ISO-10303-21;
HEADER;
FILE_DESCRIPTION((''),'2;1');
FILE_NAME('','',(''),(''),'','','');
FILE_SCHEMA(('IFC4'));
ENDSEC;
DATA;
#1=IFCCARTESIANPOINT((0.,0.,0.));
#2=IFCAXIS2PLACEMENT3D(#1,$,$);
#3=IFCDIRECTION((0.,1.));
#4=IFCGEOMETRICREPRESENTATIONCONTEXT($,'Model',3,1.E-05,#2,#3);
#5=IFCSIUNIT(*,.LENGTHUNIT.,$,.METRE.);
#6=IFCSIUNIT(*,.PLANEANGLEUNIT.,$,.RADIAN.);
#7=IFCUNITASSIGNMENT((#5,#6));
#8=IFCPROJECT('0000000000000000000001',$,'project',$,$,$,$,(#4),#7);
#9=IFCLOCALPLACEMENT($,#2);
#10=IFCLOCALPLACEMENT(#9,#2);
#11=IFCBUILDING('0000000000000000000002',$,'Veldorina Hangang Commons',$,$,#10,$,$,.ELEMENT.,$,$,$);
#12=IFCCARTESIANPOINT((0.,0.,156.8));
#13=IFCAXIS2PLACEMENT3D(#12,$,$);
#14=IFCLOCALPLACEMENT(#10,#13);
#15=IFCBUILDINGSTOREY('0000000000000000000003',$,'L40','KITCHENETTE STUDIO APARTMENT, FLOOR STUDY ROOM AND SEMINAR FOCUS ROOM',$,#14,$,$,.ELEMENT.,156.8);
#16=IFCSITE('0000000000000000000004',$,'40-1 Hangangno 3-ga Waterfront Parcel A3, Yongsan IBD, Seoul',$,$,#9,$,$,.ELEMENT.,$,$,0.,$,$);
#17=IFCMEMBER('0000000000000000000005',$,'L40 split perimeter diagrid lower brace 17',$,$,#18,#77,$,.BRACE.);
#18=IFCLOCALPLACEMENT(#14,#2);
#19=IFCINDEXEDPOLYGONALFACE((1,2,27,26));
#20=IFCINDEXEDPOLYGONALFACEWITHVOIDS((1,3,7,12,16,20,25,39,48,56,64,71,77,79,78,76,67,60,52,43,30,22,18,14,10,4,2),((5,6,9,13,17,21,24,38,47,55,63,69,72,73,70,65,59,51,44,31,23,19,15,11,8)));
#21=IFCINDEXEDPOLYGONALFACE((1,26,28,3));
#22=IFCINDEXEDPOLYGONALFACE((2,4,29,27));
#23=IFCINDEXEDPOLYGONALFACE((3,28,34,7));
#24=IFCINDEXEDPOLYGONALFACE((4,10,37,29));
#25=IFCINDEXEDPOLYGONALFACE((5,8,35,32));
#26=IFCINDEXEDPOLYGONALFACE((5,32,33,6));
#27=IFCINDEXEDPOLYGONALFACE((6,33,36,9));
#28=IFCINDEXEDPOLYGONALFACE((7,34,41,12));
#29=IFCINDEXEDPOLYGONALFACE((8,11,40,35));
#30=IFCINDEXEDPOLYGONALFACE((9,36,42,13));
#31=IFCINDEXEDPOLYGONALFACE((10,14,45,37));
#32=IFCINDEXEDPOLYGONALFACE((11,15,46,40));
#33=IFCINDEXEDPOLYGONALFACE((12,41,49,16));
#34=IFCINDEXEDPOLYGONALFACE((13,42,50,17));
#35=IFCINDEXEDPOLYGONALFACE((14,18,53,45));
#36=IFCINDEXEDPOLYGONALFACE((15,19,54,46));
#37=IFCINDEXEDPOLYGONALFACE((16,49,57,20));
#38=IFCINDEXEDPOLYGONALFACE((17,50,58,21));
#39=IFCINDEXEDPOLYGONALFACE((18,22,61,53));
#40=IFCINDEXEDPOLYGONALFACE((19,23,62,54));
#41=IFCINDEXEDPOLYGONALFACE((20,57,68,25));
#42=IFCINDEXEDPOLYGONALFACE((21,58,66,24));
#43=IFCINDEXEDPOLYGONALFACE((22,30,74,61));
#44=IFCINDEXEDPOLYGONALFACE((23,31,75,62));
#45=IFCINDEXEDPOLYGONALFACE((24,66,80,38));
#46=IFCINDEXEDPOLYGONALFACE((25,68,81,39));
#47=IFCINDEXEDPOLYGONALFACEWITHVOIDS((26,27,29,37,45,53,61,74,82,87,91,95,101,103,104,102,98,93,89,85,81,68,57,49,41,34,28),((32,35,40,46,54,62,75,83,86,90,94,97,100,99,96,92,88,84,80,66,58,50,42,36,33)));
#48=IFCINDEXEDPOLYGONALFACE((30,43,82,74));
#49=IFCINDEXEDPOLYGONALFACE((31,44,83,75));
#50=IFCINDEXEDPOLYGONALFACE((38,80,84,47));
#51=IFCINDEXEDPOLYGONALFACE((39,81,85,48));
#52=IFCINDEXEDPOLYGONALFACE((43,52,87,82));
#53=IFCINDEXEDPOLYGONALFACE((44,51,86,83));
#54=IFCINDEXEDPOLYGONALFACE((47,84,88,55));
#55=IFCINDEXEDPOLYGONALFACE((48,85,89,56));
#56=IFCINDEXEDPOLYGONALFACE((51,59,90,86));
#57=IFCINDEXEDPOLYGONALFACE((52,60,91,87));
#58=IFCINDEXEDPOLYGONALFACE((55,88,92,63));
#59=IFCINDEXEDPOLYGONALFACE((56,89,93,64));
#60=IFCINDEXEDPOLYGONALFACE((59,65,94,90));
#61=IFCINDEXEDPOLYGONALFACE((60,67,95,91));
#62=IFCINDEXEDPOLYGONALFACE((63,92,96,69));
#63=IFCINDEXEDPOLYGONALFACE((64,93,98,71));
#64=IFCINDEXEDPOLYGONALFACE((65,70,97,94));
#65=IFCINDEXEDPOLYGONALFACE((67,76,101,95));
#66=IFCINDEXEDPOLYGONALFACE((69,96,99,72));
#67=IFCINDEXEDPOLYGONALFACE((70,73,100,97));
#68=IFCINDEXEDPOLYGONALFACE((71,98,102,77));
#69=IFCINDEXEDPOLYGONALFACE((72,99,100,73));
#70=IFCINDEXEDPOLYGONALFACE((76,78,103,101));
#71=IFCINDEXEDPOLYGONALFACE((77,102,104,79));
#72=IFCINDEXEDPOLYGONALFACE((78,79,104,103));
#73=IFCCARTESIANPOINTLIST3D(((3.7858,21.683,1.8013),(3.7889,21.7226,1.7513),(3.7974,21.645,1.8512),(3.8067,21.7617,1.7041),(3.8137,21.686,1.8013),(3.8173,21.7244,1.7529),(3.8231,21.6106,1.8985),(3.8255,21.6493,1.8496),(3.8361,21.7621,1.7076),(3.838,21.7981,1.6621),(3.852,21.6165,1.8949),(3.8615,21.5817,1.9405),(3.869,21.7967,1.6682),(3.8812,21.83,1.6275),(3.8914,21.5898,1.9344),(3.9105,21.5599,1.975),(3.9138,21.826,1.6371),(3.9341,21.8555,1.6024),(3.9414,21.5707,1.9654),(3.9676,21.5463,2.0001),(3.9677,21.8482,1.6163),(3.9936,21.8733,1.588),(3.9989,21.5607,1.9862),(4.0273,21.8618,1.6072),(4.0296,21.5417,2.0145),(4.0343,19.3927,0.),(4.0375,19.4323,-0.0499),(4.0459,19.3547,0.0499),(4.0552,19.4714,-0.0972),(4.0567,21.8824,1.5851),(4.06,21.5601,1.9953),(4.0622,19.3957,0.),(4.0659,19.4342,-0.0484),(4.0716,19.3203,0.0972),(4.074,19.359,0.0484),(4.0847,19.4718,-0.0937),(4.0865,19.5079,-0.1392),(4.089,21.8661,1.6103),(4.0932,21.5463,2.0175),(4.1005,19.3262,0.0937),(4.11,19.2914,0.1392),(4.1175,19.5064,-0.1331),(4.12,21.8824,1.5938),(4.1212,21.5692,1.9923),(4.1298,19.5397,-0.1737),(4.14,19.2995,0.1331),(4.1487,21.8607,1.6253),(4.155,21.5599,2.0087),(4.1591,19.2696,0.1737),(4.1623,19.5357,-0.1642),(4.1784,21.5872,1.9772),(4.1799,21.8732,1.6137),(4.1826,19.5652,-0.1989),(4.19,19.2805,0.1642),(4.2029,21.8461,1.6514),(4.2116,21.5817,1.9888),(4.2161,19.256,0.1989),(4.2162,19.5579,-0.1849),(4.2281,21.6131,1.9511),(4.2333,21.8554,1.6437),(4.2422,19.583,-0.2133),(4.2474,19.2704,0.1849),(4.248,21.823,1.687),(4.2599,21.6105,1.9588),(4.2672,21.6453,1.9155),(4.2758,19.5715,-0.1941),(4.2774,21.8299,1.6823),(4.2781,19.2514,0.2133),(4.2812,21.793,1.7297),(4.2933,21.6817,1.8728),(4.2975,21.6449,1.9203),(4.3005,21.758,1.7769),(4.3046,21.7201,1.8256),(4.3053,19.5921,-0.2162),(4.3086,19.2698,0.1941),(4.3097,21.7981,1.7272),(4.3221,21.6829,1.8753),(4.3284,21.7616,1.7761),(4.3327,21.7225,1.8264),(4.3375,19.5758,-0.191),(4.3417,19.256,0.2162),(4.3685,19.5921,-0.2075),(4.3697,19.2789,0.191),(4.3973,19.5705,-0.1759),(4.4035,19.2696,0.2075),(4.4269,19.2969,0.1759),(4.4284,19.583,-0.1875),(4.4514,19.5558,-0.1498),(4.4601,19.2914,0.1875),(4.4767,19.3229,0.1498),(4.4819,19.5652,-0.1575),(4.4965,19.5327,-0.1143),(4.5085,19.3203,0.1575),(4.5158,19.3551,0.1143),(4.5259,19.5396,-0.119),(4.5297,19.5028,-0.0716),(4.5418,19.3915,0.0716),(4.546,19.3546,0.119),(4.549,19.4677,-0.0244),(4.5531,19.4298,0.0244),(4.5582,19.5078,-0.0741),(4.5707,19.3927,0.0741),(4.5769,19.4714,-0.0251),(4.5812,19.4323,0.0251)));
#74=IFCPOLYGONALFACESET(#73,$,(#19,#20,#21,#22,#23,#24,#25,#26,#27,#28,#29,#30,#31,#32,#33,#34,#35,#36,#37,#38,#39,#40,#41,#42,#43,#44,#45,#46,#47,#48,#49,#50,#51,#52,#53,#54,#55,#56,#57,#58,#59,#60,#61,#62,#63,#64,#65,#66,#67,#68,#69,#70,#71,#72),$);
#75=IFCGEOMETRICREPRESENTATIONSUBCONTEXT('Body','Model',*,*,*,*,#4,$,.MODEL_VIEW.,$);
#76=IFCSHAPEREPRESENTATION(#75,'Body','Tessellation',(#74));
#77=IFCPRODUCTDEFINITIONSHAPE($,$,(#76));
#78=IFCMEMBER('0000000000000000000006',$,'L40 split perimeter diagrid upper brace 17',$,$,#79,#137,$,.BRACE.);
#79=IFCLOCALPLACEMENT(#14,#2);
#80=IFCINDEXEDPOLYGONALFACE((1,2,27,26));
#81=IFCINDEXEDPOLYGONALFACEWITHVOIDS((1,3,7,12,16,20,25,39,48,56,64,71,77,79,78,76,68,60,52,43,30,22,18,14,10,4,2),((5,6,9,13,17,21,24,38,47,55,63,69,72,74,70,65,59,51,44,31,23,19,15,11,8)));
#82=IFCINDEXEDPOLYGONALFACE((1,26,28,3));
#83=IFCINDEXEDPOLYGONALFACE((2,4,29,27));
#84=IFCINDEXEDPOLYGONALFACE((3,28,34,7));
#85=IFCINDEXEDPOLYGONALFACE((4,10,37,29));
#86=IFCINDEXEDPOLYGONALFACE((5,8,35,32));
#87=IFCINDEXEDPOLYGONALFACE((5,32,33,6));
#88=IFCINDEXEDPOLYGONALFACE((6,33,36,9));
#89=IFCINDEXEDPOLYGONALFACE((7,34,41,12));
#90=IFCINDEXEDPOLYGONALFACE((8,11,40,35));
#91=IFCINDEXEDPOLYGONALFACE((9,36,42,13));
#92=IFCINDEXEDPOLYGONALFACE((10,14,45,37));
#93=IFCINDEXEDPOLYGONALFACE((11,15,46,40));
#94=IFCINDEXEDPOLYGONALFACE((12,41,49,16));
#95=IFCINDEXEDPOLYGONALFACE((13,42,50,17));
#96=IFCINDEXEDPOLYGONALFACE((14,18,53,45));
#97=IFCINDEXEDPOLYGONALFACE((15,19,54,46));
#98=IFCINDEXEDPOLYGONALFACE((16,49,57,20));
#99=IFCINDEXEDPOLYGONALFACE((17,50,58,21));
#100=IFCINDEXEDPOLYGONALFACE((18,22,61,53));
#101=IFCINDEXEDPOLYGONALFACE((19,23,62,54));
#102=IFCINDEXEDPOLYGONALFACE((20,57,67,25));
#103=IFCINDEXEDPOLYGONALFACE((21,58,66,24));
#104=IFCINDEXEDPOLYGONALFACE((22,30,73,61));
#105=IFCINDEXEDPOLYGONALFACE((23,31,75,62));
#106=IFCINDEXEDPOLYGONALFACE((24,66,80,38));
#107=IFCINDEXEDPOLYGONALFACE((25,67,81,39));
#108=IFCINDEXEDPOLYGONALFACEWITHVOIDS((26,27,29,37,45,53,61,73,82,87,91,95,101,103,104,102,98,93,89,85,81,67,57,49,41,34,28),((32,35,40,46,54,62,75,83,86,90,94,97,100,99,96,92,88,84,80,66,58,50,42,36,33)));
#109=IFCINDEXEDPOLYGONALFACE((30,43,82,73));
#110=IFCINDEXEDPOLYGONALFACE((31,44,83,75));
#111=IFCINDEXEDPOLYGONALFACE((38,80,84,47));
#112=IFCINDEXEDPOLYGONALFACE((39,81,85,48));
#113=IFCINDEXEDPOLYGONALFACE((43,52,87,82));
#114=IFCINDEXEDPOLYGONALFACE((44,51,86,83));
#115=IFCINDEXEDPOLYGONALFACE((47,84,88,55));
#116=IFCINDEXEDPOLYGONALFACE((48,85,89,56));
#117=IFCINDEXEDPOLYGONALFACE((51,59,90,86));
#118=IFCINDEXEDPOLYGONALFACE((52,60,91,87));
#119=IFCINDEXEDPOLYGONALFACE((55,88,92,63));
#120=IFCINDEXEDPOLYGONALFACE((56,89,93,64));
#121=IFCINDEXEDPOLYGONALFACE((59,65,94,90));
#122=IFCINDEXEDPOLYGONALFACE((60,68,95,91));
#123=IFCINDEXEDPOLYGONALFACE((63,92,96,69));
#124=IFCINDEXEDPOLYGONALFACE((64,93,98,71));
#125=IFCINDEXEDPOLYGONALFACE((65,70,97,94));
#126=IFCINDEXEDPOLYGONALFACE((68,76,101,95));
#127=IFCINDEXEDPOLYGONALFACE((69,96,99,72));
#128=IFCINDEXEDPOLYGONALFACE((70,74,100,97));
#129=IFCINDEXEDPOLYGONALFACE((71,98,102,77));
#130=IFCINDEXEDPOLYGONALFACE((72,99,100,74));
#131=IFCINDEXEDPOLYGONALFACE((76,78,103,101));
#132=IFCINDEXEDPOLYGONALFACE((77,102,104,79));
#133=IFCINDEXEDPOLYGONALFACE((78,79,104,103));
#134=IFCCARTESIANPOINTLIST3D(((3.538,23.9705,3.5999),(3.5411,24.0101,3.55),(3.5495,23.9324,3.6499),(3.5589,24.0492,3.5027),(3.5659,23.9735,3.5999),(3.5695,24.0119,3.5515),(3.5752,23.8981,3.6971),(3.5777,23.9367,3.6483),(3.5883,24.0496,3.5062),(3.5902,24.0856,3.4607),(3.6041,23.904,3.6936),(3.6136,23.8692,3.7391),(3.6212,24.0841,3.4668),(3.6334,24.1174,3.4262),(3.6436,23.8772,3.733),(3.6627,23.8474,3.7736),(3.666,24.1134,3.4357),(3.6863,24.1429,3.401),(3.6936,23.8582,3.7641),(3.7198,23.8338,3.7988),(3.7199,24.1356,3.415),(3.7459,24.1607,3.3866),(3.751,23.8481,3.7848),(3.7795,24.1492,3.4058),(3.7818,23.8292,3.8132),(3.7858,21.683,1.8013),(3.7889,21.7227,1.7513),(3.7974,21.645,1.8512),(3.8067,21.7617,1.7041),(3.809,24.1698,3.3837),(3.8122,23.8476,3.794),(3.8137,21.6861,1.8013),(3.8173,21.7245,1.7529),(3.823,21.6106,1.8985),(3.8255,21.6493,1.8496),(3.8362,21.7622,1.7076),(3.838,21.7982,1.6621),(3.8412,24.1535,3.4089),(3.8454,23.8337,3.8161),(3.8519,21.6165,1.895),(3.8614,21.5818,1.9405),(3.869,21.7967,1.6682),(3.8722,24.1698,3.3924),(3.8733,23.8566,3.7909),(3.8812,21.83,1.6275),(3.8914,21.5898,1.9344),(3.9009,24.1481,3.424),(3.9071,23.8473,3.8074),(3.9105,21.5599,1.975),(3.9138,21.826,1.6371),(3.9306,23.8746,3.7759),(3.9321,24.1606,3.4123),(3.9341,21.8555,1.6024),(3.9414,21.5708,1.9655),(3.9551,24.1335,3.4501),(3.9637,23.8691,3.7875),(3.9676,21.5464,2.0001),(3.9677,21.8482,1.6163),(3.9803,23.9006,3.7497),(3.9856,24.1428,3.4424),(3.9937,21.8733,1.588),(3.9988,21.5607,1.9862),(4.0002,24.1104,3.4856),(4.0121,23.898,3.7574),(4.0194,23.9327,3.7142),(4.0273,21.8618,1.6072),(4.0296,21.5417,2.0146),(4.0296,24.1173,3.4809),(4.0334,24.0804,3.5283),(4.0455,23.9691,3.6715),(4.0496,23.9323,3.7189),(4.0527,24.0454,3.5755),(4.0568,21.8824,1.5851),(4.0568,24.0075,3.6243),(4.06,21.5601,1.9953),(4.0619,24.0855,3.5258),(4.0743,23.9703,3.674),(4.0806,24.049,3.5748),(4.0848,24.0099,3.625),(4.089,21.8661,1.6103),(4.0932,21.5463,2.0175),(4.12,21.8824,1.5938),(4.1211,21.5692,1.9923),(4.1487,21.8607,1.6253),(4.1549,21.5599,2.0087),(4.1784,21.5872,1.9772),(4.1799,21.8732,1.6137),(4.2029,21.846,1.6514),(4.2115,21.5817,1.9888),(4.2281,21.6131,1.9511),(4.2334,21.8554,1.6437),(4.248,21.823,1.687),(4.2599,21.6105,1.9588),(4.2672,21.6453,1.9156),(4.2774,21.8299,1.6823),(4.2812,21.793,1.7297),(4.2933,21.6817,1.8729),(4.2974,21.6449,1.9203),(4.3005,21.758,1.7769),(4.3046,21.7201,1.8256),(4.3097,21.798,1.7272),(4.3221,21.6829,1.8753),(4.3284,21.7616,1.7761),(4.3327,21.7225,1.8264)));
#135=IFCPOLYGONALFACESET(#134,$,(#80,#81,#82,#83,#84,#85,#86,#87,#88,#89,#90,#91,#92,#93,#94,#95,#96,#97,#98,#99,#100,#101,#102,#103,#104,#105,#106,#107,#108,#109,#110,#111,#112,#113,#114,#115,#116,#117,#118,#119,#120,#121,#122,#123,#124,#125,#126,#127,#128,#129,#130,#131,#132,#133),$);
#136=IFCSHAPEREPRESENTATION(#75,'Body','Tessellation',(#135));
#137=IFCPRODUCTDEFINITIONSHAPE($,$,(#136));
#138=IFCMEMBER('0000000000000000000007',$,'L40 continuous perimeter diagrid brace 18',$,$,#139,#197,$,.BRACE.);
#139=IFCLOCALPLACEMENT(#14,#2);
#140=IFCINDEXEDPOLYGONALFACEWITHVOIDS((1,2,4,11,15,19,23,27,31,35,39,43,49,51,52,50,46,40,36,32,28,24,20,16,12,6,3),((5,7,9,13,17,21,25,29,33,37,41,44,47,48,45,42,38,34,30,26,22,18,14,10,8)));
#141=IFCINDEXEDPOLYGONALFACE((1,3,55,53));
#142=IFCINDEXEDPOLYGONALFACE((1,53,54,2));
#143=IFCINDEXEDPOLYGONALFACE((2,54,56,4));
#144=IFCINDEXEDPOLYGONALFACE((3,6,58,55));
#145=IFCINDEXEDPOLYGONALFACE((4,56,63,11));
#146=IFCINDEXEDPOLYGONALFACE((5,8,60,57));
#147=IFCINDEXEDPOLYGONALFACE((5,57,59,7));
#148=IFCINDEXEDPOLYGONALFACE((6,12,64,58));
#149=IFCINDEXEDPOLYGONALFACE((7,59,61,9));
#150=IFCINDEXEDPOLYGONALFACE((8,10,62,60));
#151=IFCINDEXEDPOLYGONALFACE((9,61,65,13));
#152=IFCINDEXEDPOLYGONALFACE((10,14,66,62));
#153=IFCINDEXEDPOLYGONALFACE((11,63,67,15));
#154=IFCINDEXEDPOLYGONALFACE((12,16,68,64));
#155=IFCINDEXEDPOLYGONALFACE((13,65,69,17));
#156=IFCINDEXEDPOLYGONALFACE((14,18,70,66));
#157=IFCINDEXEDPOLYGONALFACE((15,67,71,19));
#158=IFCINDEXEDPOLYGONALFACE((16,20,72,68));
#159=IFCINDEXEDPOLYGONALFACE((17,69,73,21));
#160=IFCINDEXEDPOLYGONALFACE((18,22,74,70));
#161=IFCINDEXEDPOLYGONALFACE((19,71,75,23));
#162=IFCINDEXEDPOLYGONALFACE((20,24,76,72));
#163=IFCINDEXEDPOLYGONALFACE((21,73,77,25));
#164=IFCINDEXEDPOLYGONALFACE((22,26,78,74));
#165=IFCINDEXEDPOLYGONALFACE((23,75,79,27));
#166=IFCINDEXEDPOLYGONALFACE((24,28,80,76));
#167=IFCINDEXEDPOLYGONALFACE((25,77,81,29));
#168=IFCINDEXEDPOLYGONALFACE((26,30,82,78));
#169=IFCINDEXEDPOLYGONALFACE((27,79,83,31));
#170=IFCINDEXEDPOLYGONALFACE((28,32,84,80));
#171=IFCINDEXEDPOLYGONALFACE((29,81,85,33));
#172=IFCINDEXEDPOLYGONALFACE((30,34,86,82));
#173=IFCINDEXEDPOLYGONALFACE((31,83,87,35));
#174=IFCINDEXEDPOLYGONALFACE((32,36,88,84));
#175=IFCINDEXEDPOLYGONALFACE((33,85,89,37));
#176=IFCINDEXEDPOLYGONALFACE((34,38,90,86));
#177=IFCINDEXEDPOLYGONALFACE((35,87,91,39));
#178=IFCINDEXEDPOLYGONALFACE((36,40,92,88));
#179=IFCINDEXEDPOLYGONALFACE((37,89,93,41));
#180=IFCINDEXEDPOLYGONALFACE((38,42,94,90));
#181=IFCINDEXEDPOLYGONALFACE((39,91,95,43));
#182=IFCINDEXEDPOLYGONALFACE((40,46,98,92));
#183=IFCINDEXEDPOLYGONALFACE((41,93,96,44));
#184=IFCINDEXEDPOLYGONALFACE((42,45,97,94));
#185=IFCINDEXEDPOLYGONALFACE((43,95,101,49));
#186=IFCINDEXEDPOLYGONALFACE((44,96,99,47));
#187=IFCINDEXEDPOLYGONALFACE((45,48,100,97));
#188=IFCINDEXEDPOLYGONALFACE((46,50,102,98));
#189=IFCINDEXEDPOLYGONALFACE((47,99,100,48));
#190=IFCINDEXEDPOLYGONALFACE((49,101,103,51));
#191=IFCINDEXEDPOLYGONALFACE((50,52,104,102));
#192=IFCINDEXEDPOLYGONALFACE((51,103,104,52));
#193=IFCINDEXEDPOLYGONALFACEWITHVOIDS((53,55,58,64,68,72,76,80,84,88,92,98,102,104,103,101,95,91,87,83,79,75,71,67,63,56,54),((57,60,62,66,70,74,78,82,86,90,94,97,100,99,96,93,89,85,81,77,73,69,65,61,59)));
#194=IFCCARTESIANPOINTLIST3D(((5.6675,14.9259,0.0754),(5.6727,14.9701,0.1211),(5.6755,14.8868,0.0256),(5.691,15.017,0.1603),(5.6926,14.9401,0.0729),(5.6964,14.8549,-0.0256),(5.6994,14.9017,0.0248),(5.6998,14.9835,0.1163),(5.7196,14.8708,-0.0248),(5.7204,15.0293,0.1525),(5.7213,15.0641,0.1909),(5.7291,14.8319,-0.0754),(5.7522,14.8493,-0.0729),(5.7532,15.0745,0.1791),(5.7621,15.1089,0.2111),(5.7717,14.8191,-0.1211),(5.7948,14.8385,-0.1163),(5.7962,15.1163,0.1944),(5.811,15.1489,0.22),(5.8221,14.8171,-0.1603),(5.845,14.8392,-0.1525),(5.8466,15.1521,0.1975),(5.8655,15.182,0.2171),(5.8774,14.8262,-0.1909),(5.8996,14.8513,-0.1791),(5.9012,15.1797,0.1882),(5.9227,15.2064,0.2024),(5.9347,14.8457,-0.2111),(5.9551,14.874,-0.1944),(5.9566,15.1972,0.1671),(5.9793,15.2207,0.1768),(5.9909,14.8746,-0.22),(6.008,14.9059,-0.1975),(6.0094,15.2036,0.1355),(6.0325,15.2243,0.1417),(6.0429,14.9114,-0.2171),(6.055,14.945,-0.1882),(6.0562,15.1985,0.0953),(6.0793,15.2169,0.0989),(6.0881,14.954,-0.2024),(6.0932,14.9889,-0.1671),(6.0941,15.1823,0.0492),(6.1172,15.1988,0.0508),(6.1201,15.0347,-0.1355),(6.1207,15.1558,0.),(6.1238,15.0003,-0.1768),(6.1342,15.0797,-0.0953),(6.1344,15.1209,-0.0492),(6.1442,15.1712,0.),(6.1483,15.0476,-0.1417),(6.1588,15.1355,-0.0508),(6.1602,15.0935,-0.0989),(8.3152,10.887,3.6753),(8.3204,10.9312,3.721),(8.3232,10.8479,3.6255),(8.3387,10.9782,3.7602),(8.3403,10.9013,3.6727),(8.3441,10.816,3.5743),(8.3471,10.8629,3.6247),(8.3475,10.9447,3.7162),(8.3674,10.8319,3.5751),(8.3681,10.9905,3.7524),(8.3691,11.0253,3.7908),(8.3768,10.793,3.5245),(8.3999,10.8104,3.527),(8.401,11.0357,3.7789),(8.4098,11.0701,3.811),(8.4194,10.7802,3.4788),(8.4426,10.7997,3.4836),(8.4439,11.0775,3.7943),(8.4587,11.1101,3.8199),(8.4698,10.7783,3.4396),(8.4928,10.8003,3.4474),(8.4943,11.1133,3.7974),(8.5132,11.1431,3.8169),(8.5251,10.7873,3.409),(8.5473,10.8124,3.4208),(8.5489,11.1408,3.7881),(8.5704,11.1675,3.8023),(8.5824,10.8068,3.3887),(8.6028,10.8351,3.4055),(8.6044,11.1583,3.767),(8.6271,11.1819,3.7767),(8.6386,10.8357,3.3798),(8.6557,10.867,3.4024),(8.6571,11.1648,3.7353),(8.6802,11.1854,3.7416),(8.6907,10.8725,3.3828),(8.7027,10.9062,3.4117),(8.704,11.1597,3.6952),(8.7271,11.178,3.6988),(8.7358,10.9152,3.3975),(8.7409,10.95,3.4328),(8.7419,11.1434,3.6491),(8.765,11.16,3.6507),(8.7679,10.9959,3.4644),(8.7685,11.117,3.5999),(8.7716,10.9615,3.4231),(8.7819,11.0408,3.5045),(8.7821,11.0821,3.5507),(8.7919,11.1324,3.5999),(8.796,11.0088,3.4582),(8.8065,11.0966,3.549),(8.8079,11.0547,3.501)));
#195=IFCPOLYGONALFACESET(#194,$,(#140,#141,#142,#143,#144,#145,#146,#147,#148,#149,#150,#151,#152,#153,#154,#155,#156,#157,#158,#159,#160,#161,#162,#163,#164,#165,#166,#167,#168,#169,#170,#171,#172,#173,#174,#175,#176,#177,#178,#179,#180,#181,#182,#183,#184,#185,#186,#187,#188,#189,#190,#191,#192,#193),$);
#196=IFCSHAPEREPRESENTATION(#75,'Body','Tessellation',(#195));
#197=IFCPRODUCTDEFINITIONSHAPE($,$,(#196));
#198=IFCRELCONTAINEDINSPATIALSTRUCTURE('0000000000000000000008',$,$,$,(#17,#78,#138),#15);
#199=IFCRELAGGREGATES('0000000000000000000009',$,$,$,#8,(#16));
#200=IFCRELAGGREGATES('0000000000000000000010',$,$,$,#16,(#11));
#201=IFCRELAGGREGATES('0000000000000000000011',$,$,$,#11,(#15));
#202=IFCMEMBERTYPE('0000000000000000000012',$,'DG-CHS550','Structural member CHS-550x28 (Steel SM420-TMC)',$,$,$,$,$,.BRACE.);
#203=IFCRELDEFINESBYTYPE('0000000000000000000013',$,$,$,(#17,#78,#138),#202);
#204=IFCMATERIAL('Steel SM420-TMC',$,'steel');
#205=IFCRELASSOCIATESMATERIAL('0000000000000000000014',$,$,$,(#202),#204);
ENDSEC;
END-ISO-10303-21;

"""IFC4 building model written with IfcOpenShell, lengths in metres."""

from ifc_helpers import new_model, si_unit, direction, frame, origin, origin_2d, place, context, subcontext, project, spatial, hollow_circle, extrude, material, material_profile, profile_set, type_object, element, save


model = new_model("IFC4")

# Units and contexts
model_context = context("Model", 3, precision=1e-05, world=origin(), true_north=direction((0.0, 1.0)))
body_context = subcontext(model_context, "Body", "Model", "MODEL_VIEW")
ifc_project = project(units=[si_unit("LENGTHUNIT", "METRE"), si_unit("PLANEANGLEUNIT", "RADIAN")], contexts=[model_context])

# Site, building, storey
site_placement = place(None, origin())
site = spatial("IfcSite", under=ifc_project, at=site_placement, Name="40-1 Hangangno 3-ga Waterfront Parcel A3, Yongsan IBD, Seoul", CompositionType="ELEMENT", RefElevation=0.0)
building_placement = place(site_placement, origin())
building = spatial("IfcBuilding", under=site, at=building_placement, Name="Veldorina Hangang Commons", CompositionType="ELEMENT")
storey_placement = place(building_placement, frame((0.0, 0.0, 156.8)))
storey = spatial("IfcBuildingStorey", under=building, at=storey_placement, Name="L40", Description="KITCHENETTE STUDIO APARTMENT, FLOOR STUDY ROOM AND SEMINAR FOCUS ROOM", CompositionType="ELEMENT", Elevation=156.8)

# Shared definitions
ifc_material_1 = material(Name="Steel SM420-TMC", Category="steel")

# Members
ifc_material_profile_1 = material_profile(ifc_material_1, hollow_circle(Radius=0.2749, WallThickness=0.0281, at=origin_2d()), Name="CHS-550x28")
ifc_profile_set_1 = profile_set([ifc_material_profile_1], Name="Steel SM420-TMC")
member_type = type_object("IfcMemberType", Name="DG-CHS550", Description="Structural member CHS-550x28 (Steel SM420-TMC)", PredefinedType="BRACE", material=ifc_profile_set_1)
member_1_placement = place(storey_placement, frame((4.3076, 19.4224, 0.0), z_axis=(-0.084989, 0.783181, 0.615959), x_axis=(-0.994164, -0.107884, 0.0)))
element("IfcMember", 1, at=member_1_placement, inside=storey, type_object=member_type, Name="L40 split perimeter diagrid lower brace 17", PredefinedType="BRACE", context=body_context, shape_type="SweptSolid", body=[
    extrude(hollow_circle(Radius=0.2749, WallThickness=0.0281, at=origin_2d()), origin(), (0.0, 0.0, 1.0), 2.9243),
])
member_2_placement = place(storey_placement, frame((4.0591, 21.7126, 1.8013), z_axis=(-0.084855, 0.783253, 0.615885), x_axis=(-0.994183, -0.107706, 0.0)))
element("IfcMember", 2, at=member_2_placement, inside=storey, type_object=member_type, Name="L40 split perimeter diagrid upper brace 17", PredefinedType="BRACE", context=body_context, shape_type="SweptSolid", body=[
    extrude(hollow_circle(Radius=0.2749, WallThickness=0.0281, at=origin_2d()), origin(), (0.0, 0.0, 1.0), 2.9204),
])
member_3_placement = place(storey_placement, frame((5.9143, 15.0205, 0.0), z_axis=(0.43957, -0.670521, 0.597645), x_axis=(0.836311, 0.548256, 0.0)))
element("IfcMember", 3, at=member_3_placement, inside=storey, type_object=member_type, Name="L40 continuous perimeter diagrid brace 18", PredefinedType="BRACE", context=body_context, shape_type="SweptSolid", body=[
    extrude(hollow_circle(Radius=0.2749, WallThickness=0.0281, at=origin_2d()), origin(), (0.0, 0.0, 1.0), 6.0234),
])

save(model, "model.ifc")
